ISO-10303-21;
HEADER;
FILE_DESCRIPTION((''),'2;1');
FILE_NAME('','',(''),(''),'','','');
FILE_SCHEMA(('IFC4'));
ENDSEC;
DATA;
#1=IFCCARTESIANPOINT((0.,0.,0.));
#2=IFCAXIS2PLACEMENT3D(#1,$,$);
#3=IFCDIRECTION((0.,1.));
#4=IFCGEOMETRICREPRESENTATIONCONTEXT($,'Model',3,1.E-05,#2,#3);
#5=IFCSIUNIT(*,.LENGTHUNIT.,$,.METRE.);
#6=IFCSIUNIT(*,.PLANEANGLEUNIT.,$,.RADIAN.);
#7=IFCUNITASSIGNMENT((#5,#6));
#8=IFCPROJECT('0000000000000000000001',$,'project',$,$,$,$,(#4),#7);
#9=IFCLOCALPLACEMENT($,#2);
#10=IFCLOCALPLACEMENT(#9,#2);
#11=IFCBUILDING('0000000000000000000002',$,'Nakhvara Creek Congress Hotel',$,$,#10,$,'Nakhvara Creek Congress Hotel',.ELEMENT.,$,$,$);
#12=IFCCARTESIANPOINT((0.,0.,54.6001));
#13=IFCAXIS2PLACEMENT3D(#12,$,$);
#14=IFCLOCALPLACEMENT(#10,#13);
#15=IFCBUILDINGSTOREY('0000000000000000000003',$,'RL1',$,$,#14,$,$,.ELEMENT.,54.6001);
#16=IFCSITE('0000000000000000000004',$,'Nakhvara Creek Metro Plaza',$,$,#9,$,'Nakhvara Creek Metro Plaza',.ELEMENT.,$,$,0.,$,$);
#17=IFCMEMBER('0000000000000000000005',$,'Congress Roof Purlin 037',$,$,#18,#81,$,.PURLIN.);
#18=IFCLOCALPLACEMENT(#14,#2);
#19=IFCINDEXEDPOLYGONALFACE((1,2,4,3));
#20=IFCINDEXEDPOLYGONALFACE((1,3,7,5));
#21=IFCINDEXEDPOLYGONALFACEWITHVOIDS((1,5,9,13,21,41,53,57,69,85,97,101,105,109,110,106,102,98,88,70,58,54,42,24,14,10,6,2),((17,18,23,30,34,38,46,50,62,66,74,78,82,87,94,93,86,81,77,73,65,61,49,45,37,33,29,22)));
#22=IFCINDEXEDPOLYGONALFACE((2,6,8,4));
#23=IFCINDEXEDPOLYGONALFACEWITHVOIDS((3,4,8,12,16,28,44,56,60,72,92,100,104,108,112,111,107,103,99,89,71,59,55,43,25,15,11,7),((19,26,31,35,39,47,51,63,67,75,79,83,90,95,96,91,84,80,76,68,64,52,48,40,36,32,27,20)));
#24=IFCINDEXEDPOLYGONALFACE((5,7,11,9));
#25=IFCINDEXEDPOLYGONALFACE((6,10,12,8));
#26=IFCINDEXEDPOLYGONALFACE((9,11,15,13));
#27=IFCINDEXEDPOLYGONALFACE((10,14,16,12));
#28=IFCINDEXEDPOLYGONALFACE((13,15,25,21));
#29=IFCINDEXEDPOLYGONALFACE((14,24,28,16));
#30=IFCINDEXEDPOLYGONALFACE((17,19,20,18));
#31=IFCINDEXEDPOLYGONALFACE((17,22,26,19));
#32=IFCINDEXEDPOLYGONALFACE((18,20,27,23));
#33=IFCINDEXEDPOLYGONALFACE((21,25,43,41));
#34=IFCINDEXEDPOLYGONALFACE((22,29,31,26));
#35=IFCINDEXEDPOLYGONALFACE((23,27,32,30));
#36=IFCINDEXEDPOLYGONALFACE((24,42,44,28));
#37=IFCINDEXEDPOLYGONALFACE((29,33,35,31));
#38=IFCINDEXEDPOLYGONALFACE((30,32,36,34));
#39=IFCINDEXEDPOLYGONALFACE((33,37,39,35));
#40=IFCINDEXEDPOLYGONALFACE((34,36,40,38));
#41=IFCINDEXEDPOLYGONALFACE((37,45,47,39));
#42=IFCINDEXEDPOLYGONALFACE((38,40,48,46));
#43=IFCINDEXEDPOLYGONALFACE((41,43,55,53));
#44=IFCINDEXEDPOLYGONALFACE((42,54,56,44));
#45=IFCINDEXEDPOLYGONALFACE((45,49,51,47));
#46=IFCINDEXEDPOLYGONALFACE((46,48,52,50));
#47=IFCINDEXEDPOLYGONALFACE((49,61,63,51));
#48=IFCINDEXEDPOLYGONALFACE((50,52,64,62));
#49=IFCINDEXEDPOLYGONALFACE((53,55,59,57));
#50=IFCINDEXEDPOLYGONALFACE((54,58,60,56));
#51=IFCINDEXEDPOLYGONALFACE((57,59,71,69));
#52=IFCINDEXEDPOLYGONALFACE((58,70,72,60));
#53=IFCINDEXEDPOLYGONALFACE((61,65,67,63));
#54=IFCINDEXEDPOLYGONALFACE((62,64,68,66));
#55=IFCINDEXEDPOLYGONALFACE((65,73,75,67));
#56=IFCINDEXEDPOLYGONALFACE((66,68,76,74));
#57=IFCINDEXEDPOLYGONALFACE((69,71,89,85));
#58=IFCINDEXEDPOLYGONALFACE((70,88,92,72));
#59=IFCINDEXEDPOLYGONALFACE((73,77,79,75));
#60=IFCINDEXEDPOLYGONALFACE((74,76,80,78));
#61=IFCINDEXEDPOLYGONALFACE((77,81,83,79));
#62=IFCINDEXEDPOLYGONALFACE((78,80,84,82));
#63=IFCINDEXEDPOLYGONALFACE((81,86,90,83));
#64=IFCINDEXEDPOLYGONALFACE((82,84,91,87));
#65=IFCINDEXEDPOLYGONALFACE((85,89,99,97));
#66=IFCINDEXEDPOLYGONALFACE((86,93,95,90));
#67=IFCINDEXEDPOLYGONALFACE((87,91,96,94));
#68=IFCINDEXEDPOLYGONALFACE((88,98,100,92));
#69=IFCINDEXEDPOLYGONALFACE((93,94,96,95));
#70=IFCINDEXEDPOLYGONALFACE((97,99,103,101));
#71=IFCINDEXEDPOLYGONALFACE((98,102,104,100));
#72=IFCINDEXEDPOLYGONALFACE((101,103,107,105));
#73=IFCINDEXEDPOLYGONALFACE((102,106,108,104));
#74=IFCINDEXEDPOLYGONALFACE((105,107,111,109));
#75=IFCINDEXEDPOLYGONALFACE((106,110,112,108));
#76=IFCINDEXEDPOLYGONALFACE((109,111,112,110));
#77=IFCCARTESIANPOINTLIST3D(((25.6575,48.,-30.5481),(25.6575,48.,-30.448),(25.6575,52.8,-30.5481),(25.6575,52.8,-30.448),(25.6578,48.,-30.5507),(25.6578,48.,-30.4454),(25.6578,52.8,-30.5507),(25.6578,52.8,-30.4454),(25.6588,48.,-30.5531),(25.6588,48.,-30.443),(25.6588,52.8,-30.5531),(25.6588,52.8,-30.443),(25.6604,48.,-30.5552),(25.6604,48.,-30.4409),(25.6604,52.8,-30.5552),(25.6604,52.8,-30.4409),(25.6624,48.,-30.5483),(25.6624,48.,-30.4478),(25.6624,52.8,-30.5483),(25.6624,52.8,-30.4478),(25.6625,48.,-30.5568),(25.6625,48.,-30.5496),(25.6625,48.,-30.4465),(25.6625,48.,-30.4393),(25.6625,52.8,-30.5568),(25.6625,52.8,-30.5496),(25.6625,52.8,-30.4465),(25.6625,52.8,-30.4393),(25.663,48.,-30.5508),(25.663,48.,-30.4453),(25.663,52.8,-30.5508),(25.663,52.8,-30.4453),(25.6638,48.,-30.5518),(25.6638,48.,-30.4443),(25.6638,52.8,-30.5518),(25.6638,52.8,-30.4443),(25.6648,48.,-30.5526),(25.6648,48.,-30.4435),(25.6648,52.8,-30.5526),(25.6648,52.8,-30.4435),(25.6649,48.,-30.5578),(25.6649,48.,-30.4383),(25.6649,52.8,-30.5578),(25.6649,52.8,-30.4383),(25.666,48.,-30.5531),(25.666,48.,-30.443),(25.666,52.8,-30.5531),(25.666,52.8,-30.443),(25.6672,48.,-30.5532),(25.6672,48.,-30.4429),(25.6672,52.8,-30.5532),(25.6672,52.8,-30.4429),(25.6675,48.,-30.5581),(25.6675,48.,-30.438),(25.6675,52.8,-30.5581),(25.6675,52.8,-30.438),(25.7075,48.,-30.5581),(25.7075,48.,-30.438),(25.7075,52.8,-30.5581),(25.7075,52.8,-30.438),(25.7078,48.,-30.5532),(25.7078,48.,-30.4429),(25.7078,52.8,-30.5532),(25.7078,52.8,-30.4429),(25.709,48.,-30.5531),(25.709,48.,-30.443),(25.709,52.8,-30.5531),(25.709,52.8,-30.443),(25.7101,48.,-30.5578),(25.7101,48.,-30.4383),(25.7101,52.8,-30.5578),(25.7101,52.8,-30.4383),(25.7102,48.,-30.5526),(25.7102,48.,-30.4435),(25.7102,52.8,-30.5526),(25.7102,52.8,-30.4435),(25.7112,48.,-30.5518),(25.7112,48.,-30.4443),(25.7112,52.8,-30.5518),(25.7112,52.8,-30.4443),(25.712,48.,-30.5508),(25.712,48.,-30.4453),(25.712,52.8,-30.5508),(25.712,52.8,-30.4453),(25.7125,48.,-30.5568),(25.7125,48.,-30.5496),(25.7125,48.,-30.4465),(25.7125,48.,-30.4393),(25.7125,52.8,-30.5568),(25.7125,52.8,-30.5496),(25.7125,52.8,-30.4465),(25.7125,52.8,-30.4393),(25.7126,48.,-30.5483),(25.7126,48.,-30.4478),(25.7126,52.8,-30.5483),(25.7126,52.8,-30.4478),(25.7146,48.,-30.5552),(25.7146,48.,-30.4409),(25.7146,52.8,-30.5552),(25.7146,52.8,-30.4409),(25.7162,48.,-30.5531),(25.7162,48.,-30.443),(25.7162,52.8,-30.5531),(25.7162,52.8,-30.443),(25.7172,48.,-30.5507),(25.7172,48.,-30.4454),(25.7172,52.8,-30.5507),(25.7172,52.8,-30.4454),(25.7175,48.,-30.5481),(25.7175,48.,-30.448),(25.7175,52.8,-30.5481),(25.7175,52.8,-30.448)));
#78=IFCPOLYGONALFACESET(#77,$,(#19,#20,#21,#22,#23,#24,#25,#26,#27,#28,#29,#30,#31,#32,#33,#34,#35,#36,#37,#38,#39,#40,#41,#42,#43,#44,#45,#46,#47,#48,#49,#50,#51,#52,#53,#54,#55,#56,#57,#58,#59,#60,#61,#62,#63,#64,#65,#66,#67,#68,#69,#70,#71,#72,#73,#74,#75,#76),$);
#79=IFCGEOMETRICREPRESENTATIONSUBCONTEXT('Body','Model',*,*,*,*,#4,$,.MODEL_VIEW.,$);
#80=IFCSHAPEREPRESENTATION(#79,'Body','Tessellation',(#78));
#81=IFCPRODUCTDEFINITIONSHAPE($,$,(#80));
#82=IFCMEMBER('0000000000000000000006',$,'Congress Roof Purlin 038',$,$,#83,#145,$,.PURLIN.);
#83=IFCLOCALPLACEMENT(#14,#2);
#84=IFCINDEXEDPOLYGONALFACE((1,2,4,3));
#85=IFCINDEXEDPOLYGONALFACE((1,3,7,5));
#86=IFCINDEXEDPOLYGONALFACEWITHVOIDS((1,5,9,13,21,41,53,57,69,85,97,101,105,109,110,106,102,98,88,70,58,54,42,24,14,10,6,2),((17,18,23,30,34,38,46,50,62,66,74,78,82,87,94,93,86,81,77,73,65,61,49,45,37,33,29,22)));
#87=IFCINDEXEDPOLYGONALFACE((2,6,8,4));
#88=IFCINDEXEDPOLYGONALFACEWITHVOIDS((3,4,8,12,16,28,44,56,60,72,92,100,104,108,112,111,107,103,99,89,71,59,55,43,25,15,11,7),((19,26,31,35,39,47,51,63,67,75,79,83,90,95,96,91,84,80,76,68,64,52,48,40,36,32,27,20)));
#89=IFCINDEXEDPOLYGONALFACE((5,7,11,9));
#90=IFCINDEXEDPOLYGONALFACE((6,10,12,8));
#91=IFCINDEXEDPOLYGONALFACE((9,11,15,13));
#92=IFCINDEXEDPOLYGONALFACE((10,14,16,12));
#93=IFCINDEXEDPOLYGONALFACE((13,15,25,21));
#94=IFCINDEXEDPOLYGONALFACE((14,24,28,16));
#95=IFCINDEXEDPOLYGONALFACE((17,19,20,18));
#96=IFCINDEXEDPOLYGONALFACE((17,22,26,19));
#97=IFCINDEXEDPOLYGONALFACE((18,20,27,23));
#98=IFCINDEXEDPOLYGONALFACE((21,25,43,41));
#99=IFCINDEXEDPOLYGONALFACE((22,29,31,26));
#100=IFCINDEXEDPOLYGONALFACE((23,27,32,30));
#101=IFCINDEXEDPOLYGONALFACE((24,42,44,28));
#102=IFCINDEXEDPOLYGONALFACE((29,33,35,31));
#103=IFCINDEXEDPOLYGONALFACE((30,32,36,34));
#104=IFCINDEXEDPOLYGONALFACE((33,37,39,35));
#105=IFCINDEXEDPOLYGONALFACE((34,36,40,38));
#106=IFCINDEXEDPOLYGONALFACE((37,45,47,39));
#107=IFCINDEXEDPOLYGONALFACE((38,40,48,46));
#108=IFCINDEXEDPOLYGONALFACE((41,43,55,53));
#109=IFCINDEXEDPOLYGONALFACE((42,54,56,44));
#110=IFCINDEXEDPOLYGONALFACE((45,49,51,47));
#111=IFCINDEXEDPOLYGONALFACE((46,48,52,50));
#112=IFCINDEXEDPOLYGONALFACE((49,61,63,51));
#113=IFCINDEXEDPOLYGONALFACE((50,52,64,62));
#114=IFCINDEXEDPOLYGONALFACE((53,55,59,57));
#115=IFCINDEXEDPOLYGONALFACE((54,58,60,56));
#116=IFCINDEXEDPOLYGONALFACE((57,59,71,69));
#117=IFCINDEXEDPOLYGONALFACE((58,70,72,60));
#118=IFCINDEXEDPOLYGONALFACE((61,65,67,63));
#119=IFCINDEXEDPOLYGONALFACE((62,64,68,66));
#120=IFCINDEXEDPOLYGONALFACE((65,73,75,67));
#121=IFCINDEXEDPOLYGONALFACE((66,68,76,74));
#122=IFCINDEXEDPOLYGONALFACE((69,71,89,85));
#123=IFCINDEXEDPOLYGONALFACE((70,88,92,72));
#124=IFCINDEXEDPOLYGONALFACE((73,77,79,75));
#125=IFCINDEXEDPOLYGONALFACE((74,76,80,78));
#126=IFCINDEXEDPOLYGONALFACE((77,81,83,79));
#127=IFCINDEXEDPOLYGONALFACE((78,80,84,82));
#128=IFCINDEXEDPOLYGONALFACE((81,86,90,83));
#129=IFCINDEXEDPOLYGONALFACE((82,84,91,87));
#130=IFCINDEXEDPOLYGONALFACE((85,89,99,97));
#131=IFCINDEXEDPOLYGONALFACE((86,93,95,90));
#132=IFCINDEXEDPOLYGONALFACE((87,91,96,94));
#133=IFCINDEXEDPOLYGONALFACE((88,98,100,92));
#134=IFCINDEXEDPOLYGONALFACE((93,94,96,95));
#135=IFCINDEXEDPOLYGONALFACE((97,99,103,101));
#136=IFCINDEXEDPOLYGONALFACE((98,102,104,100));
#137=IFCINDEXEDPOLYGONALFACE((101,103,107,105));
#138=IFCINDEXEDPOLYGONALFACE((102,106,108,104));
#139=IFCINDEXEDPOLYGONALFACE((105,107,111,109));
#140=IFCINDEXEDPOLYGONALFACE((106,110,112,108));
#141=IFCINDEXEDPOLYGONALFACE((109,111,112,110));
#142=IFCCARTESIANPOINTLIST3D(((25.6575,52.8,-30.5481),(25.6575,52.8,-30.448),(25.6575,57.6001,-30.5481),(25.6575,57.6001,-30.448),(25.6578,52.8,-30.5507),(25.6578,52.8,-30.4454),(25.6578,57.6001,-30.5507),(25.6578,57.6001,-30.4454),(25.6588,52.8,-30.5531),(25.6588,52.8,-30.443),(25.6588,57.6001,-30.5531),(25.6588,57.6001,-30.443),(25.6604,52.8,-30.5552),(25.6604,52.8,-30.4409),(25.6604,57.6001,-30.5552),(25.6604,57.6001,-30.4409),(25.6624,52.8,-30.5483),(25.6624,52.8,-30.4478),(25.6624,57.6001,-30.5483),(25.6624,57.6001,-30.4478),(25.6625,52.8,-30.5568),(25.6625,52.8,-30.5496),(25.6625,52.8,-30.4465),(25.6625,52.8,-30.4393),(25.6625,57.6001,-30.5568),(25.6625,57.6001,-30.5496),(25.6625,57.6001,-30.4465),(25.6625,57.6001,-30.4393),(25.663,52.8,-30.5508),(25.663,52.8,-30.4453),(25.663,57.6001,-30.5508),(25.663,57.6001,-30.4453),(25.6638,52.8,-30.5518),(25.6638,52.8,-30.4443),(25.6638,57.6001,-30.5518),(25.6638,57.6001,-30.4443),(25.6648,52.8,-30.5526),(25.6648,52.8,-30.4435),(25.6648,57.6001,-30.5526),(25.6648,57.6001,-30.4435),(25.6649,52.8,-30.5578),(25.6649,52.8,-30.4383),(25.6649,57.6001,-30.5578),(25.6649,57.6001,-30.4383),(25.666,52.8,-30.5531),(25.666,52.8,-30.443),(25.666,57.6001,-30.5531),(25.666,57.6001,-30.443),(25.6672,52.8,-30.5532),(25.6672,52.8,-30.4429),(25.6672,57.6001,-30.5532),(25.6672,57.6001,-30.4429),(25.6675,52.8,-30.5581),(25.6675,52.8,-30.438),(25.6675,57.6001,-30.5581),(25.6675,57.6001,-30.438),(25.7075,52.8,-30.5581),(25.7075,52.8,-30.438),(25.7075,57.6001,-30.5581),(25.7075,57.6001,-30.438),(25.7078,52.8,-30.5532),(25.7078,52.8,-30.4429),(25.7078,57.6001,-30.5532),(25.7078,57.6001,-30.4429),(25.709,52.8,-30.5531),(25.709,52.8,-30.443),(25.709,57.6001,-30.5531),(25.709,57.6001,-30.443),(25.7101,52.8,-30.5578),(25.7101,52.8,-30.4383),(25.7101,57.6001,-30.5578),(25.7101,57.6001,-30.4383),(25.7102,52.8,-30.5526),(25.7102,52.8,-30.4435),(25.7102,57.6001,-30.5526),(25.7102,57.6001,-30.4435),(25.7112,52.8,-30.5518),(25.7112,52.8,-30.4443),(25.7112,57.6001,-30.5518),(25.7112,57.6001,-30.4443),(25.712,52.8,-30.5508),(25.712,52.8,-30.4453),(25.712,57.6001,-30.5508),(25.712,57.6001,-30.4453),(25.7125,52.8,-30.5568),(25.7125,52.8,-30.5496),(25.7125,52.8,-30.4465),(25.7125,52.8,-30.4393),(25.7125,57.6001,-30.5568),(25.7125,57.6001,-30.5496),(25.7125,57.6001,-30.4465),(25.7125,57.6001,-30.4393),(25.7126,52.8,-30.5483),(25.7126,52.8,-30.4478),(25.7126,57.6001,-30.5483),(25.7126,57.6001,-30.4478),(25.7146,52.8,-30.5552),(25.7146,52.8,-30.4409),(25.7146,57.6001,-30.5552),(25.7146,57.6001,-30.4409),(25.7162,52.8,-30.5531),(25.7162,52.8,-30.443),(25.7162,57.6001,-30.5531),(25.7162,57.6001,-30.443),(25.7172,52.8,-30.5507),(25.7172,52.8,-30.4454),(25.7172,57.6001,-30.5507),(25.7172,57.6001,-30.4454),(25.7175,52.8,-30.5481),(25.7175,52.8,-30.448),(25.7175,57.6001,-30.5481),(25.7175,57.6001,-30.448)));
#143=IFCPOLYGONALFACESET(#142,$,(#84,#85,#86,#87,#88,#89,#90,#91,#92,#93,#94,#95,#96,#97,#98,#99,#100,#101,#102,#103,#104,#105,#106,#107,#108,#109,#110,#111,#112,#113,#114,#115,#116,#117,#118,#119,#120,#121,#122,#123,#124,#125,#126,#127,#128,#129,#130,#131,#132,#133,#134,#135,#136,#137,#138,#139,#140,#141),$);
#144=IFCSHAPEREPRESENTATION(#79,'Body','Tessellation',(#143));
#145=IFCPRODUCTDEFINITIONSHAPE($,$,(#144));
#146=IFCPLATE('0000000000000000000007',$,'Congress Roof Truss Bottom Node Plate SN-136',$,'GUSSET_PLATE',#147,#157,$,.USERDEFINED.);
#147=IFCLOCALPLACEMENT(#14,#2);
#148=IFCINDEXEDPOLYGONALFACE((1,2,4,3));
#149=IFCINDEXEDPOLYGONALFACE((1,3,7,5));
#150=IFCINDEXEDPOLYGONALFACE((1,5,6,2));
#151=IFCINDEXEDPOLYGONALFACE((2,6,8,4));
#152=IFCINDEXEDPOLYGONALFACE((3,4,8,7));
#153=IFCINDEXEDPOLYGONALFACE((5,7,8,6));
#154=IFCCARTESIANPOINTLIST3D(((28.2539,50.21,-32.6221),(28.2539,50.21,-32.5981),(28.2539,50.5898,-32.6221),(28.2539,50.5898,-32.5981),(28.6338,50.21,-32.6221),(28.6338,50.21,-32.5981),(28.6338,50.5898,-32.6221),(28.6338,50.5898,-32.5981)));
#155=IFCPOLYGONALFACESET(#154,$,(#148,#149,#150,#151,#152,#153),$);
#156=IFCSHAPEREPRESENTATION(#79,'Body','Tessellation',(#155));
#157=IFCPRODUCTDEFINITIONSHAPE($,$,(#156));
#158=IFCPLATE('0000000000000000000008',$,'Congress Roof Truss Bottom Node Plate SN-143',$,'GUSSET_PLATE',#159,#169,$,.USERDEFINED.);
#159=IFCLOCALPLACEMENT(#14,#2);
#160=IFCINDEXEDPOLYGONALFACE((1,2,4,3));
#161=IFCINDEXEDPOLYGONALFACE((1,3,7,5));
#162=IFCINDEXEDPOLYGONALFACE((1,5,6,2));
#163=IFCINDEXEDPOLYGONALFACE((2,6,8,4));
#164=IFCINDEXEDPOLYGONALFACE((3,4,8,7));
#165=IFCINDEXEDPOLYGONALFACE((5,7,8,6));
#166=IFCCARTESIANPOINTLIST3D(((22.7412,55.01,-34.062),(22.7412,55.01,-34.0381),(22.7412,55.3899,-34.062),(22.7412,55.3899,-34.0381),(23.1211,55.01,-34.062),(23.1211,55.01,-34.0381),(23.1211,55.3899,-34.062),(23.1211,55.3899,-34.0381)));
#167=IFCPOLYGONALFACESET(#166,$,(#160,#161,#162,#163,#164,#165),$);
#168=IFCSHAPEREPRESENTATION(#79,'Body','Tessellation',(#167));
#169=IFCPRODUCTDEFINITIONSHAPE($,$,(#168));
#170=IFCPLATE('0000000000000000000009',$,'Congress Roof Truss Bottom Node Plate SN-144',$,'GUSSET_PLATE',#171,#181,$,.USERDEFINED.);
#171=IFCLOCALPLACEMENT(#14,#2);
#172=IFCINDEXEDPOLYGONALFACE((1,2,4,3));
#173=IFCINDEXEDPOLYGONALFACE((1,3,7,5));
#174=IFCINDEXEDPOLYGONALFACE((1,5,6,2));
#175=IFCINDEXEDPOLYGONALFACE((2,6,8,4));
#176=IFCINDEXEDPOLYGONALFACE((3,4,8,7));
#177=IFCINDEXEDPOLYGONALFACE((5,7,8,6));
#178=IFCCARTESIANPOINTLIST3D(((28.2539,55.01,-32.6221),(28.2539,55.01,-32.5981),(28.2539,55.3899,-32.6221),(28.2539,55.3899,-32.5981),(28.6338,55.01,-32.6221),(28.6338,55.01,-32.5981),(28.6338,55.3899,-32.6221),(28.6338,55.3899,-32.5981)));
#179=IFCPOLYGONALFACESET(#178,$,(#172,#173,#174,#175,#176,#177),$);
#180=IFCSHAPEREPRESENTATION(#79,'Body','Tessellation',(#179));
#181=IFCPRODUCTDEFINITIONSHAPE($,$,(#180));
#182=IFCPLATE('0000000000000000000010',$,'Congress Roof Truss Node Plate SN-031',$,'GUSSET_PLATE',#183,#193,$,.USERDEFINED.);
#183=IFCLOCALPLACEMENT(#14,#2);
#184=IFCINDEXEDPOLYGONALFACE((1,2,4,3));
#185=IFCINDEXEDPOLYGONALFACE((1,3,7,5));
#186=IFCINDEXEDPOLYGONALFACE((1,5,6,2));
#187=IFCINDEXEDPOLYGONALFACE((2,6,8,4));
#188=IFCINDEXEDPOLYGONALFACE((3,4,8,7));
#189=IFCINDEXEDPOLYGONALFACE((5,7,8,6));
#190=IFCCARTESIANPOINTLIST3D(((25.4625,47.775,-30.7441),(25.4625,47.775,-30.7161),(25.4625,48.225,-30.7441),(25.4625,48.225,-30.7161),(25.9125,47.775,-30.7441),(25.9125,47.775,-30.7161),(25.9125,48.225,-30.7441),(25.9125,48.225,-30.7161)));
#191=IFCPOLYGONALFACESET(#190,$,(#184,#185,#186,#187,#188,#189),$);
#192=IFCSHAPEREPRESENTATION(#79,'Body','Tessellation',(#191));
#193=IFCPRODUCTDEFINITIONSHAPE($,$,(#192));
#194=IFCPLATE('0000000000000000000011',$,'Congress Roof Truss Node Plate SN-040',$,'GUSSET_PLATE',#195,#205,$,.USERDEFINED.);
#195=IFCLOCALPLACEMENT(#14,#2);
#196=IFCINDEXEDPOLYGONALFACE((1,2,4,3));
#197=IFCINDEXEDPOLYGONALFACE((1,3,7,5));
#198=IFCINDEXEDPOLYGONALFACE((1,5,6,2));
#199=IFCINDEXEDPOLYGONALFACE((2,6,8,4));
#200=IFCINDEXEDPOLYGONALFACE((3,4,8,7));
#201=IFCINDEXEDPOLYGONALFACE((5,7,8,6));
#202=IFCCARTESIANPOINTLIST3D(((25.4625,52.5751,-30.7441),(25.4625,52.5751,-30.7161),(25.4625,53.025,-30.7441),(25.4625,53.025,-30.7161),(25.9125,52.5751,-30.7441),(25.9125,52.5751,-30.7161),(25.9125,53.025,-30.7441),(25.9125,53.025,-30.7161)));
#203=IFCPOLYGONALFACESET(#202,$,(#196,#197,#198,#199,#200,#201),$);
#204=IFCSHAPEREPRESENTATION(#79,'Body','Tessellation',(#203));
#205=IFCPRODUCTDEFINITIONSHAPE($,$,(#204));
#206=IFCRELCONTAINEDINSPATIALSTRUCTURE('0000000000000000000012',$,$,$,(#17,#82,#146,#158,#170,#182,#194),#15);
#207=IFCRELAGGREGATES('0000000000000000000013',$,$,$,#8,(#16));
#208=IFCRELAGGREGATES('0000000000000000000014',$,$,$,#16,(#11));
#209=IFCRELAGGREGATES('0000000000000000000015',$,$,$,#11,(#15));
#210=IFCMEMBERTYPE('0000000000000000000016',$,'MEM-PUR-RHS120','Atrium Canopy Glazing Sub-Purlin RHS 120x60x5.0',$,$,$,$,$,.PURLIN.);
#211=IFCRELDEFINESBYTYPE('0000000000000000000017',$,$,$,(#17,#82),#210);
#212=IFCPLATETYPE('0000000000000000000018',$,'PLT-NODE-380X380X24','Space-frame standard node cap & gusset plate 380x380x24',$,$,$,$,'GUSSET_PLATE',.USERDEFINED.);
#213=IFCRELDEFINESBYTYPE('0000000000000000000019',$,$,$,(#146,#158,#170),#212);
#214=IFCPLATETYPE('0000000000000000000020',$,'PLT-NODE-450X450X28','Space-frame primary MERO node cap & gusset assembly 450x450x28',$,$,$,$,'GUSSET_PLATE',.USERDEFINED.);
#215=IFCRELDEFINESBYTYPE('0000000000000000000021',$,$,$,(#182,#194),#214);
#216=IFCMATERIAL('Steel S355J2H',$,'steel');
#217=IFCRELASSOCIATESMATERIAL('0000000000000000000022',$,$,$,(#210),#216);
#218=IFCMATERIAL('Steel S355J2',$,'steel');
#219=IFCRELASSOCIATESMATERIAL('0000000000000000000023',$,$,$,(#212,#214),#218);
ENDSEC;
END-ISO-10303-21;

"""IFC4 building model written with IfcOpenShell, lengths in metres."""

from ifc_helpers import new_model, si_unit, direction, frame, origin, origin_2d, place, context, subcontext, project, spatial, rectangle, hollow_rectangle, extrude, material, material_profile, profile_set, type_object, element, save


model = new_model("IFC4")

# Units and contexts
model_context = context("Model", 3, precision=1e-05, world=origin(), true_north=direction((0.0, 1.0)))
body_context = subcontext(model_context, "Body", "Model", "MODEL_VIEW")
ifc_project = project(units=[si_unit("LENGTHUNIT", "METRE"), si_unit("PLANEANGLEUNIT", "RADIAN")], contexts=[model_context])

# Site, building, storey
site_placement = place(None, origin())
site = spatial("IfcSite", under=ifc_project, at=site_placement, Name="Nakhvara Creek Metro Plaza", LongName="Nakhvara Creek Metro Plaza", CompositionType="ELEMENT", RefElevation=0.0)
building_placement = place(site_placement, origin())
building = spatial("IfcBuilding", under=site, at=building_placement, Name="Nakhvara Creek Congress Hotel", LongName="Nakhvara Creek Congress Hotel", CompositionType="ELEMENT")
storey_placement = place(building_placement, frame((0.0, 0.0, 54.6001)))
storey = spatial("IfcBuildingStorey", under=building, at=storey_placement, Name="RL1", CompositionType="ELEMENT", Elevation=54.6001)

# Members
ifc_material_1 = material(Name="Steel S355J2H", Category="steel")
ifc_material_profile_1 = material_profile(ifc_material_1, hollow_rectangle(XDim=0.0601, YDim=0.1201, WallThickness=0.0049, InnerFilletRadius=0.0049, OuterFilletRadius=0.01, at=origin_2d()), Name="RHS 120x60x5.0", Category="LoadBearing")
ifc_profile_set_1 = profile_set([ifc_material_profile_1], Name="Steel S355J2H")
member_type_1 = type_object("IfcMemberType", Name="MEM-PUR-RHS120", Description="Atrium Canopy Glazing Sub-Purlin RHS 120x60x5.0", PredefinedType="PURLIN", material=ifc_profile_set_1)
for number, where, z_axis, x_axis, name in (
    (1, (25.6875, 48.0, -30.498), (0.0, 1.0, 0.0), (-1.0, 0.0, 0.0), "Congress Roof Purlin 037"),
    (2, (25.6875, 52.8, -30.498), (0.0, 1.0, 0.0), (-1.0, 0.0, 0.0), "Congress Roof Purlin 038"),
):
    element("IfcMember", number, at=place(storey_placement, frame(where, z_axis=z_axis, x_axis=x_axis)), inside=storey, type_object=member_type_1, Name=name, PredefinedType="PURLIN", context=body_context, shape_type="SweptSolid", body=[
        extrude(hollow_rectangle(XDim=0.0601, YDim=0.1201, WallThickness=0.0049, InnerFilletRadius=0.0049, OuterFilletRadius=0.01, at=origin_2d()), origin(), (0.0, 0.0, 1.0), 4.8),
    ])

# Plates
ifc_material_2 = material(Name="Steel S355J2", Category="steel")
plate_type_1 = type_object("IfcPlateType", Name="PLT-NODE-380X380X24", Description="Space-frame standard node cap & gusset plate 380x380x24", ElementType="GUSSET_PLATE", PredefinedType="USERDEFINED", material=ifc_material_2)
for number, where, z_axis, x_axis, name in (
    (3, (28.4438, 50.3999, -32.6221), (0.0, 0.0, 1.0), (1.0, 0.0, 0.0), "Congress Roof Truss Bottom Node Plate SN-136"),
    (4, (22.9312, 55.2, -34.062), (0.0, 0.0, 1.0), (1.0, 0.0, 0.0), "Congress Roof Truss Bottom Node Plate SN-143"),
    (5, (28.4438, 55.2, -32.6221), (0.0, 0.0, 1.0), (1.0, 0.0, 0.0), "Congress Roof Truss Bottom Node Plate SN-144"),
):
    element("IfcPlate", number, at=place(storey_placement, frame(where, z_axis=z_axis, x_axis=x_axis)), inside=storey, type_object=plate_type_1, Name=name, ObjectType="GUSSET_PLATE", PredefinedType="USERDEFINED", context=body_context, shape_type="SweptSolid", body=[
        extrude(rectangle(XDim=0.3799, YDim=0.3799, at=origin_2d()), origin(), (0.0, 0.0, 1.0), 0.0239),
    ])
plate_type_2 = type_object("IfcPlateType", Name="PLT-NODE-450X450X28", Description="Space-frame primary MERO node cap & gusset assembly 450x450x28", ElementType="GUSSET_PLATE", PredefinedType="USERDEFINED", material=ifc_material_2)
for number, where, z_axis, x_axis, name in (
    (6, (25.6875, 48.0, -30.7441), (0.0, 0.0, 1.0), (1.0, 0.0, 0.0), "Congress Roof Truss Node Plate SN-031"),
    (7, (25.6875, 52.8, -30.7441), (0.0, 0.0, 1.0), (1.0, 0.0, 0.0), "Congress Roof Truss Node Plate SN-040"),
):
    element("IfcPlate", number, at=place(storey_placement, frame(where, z_axis=z_axis, x_axis=x_axis)), inside=storey, type_object=plate_type_2, Name=name, ObjectType="GUSSET_PLATE", PredefinedType="USERDEFINED", context=body_context, shape_type="SweptSolid", body=[
        extrude(rectangle(XDim=0.45, YDim=0.45, at=origin_2d()), origin(), (0.0, 0.0, 1.0), 0.0281),
    ])

save(model, "model.ifc")
